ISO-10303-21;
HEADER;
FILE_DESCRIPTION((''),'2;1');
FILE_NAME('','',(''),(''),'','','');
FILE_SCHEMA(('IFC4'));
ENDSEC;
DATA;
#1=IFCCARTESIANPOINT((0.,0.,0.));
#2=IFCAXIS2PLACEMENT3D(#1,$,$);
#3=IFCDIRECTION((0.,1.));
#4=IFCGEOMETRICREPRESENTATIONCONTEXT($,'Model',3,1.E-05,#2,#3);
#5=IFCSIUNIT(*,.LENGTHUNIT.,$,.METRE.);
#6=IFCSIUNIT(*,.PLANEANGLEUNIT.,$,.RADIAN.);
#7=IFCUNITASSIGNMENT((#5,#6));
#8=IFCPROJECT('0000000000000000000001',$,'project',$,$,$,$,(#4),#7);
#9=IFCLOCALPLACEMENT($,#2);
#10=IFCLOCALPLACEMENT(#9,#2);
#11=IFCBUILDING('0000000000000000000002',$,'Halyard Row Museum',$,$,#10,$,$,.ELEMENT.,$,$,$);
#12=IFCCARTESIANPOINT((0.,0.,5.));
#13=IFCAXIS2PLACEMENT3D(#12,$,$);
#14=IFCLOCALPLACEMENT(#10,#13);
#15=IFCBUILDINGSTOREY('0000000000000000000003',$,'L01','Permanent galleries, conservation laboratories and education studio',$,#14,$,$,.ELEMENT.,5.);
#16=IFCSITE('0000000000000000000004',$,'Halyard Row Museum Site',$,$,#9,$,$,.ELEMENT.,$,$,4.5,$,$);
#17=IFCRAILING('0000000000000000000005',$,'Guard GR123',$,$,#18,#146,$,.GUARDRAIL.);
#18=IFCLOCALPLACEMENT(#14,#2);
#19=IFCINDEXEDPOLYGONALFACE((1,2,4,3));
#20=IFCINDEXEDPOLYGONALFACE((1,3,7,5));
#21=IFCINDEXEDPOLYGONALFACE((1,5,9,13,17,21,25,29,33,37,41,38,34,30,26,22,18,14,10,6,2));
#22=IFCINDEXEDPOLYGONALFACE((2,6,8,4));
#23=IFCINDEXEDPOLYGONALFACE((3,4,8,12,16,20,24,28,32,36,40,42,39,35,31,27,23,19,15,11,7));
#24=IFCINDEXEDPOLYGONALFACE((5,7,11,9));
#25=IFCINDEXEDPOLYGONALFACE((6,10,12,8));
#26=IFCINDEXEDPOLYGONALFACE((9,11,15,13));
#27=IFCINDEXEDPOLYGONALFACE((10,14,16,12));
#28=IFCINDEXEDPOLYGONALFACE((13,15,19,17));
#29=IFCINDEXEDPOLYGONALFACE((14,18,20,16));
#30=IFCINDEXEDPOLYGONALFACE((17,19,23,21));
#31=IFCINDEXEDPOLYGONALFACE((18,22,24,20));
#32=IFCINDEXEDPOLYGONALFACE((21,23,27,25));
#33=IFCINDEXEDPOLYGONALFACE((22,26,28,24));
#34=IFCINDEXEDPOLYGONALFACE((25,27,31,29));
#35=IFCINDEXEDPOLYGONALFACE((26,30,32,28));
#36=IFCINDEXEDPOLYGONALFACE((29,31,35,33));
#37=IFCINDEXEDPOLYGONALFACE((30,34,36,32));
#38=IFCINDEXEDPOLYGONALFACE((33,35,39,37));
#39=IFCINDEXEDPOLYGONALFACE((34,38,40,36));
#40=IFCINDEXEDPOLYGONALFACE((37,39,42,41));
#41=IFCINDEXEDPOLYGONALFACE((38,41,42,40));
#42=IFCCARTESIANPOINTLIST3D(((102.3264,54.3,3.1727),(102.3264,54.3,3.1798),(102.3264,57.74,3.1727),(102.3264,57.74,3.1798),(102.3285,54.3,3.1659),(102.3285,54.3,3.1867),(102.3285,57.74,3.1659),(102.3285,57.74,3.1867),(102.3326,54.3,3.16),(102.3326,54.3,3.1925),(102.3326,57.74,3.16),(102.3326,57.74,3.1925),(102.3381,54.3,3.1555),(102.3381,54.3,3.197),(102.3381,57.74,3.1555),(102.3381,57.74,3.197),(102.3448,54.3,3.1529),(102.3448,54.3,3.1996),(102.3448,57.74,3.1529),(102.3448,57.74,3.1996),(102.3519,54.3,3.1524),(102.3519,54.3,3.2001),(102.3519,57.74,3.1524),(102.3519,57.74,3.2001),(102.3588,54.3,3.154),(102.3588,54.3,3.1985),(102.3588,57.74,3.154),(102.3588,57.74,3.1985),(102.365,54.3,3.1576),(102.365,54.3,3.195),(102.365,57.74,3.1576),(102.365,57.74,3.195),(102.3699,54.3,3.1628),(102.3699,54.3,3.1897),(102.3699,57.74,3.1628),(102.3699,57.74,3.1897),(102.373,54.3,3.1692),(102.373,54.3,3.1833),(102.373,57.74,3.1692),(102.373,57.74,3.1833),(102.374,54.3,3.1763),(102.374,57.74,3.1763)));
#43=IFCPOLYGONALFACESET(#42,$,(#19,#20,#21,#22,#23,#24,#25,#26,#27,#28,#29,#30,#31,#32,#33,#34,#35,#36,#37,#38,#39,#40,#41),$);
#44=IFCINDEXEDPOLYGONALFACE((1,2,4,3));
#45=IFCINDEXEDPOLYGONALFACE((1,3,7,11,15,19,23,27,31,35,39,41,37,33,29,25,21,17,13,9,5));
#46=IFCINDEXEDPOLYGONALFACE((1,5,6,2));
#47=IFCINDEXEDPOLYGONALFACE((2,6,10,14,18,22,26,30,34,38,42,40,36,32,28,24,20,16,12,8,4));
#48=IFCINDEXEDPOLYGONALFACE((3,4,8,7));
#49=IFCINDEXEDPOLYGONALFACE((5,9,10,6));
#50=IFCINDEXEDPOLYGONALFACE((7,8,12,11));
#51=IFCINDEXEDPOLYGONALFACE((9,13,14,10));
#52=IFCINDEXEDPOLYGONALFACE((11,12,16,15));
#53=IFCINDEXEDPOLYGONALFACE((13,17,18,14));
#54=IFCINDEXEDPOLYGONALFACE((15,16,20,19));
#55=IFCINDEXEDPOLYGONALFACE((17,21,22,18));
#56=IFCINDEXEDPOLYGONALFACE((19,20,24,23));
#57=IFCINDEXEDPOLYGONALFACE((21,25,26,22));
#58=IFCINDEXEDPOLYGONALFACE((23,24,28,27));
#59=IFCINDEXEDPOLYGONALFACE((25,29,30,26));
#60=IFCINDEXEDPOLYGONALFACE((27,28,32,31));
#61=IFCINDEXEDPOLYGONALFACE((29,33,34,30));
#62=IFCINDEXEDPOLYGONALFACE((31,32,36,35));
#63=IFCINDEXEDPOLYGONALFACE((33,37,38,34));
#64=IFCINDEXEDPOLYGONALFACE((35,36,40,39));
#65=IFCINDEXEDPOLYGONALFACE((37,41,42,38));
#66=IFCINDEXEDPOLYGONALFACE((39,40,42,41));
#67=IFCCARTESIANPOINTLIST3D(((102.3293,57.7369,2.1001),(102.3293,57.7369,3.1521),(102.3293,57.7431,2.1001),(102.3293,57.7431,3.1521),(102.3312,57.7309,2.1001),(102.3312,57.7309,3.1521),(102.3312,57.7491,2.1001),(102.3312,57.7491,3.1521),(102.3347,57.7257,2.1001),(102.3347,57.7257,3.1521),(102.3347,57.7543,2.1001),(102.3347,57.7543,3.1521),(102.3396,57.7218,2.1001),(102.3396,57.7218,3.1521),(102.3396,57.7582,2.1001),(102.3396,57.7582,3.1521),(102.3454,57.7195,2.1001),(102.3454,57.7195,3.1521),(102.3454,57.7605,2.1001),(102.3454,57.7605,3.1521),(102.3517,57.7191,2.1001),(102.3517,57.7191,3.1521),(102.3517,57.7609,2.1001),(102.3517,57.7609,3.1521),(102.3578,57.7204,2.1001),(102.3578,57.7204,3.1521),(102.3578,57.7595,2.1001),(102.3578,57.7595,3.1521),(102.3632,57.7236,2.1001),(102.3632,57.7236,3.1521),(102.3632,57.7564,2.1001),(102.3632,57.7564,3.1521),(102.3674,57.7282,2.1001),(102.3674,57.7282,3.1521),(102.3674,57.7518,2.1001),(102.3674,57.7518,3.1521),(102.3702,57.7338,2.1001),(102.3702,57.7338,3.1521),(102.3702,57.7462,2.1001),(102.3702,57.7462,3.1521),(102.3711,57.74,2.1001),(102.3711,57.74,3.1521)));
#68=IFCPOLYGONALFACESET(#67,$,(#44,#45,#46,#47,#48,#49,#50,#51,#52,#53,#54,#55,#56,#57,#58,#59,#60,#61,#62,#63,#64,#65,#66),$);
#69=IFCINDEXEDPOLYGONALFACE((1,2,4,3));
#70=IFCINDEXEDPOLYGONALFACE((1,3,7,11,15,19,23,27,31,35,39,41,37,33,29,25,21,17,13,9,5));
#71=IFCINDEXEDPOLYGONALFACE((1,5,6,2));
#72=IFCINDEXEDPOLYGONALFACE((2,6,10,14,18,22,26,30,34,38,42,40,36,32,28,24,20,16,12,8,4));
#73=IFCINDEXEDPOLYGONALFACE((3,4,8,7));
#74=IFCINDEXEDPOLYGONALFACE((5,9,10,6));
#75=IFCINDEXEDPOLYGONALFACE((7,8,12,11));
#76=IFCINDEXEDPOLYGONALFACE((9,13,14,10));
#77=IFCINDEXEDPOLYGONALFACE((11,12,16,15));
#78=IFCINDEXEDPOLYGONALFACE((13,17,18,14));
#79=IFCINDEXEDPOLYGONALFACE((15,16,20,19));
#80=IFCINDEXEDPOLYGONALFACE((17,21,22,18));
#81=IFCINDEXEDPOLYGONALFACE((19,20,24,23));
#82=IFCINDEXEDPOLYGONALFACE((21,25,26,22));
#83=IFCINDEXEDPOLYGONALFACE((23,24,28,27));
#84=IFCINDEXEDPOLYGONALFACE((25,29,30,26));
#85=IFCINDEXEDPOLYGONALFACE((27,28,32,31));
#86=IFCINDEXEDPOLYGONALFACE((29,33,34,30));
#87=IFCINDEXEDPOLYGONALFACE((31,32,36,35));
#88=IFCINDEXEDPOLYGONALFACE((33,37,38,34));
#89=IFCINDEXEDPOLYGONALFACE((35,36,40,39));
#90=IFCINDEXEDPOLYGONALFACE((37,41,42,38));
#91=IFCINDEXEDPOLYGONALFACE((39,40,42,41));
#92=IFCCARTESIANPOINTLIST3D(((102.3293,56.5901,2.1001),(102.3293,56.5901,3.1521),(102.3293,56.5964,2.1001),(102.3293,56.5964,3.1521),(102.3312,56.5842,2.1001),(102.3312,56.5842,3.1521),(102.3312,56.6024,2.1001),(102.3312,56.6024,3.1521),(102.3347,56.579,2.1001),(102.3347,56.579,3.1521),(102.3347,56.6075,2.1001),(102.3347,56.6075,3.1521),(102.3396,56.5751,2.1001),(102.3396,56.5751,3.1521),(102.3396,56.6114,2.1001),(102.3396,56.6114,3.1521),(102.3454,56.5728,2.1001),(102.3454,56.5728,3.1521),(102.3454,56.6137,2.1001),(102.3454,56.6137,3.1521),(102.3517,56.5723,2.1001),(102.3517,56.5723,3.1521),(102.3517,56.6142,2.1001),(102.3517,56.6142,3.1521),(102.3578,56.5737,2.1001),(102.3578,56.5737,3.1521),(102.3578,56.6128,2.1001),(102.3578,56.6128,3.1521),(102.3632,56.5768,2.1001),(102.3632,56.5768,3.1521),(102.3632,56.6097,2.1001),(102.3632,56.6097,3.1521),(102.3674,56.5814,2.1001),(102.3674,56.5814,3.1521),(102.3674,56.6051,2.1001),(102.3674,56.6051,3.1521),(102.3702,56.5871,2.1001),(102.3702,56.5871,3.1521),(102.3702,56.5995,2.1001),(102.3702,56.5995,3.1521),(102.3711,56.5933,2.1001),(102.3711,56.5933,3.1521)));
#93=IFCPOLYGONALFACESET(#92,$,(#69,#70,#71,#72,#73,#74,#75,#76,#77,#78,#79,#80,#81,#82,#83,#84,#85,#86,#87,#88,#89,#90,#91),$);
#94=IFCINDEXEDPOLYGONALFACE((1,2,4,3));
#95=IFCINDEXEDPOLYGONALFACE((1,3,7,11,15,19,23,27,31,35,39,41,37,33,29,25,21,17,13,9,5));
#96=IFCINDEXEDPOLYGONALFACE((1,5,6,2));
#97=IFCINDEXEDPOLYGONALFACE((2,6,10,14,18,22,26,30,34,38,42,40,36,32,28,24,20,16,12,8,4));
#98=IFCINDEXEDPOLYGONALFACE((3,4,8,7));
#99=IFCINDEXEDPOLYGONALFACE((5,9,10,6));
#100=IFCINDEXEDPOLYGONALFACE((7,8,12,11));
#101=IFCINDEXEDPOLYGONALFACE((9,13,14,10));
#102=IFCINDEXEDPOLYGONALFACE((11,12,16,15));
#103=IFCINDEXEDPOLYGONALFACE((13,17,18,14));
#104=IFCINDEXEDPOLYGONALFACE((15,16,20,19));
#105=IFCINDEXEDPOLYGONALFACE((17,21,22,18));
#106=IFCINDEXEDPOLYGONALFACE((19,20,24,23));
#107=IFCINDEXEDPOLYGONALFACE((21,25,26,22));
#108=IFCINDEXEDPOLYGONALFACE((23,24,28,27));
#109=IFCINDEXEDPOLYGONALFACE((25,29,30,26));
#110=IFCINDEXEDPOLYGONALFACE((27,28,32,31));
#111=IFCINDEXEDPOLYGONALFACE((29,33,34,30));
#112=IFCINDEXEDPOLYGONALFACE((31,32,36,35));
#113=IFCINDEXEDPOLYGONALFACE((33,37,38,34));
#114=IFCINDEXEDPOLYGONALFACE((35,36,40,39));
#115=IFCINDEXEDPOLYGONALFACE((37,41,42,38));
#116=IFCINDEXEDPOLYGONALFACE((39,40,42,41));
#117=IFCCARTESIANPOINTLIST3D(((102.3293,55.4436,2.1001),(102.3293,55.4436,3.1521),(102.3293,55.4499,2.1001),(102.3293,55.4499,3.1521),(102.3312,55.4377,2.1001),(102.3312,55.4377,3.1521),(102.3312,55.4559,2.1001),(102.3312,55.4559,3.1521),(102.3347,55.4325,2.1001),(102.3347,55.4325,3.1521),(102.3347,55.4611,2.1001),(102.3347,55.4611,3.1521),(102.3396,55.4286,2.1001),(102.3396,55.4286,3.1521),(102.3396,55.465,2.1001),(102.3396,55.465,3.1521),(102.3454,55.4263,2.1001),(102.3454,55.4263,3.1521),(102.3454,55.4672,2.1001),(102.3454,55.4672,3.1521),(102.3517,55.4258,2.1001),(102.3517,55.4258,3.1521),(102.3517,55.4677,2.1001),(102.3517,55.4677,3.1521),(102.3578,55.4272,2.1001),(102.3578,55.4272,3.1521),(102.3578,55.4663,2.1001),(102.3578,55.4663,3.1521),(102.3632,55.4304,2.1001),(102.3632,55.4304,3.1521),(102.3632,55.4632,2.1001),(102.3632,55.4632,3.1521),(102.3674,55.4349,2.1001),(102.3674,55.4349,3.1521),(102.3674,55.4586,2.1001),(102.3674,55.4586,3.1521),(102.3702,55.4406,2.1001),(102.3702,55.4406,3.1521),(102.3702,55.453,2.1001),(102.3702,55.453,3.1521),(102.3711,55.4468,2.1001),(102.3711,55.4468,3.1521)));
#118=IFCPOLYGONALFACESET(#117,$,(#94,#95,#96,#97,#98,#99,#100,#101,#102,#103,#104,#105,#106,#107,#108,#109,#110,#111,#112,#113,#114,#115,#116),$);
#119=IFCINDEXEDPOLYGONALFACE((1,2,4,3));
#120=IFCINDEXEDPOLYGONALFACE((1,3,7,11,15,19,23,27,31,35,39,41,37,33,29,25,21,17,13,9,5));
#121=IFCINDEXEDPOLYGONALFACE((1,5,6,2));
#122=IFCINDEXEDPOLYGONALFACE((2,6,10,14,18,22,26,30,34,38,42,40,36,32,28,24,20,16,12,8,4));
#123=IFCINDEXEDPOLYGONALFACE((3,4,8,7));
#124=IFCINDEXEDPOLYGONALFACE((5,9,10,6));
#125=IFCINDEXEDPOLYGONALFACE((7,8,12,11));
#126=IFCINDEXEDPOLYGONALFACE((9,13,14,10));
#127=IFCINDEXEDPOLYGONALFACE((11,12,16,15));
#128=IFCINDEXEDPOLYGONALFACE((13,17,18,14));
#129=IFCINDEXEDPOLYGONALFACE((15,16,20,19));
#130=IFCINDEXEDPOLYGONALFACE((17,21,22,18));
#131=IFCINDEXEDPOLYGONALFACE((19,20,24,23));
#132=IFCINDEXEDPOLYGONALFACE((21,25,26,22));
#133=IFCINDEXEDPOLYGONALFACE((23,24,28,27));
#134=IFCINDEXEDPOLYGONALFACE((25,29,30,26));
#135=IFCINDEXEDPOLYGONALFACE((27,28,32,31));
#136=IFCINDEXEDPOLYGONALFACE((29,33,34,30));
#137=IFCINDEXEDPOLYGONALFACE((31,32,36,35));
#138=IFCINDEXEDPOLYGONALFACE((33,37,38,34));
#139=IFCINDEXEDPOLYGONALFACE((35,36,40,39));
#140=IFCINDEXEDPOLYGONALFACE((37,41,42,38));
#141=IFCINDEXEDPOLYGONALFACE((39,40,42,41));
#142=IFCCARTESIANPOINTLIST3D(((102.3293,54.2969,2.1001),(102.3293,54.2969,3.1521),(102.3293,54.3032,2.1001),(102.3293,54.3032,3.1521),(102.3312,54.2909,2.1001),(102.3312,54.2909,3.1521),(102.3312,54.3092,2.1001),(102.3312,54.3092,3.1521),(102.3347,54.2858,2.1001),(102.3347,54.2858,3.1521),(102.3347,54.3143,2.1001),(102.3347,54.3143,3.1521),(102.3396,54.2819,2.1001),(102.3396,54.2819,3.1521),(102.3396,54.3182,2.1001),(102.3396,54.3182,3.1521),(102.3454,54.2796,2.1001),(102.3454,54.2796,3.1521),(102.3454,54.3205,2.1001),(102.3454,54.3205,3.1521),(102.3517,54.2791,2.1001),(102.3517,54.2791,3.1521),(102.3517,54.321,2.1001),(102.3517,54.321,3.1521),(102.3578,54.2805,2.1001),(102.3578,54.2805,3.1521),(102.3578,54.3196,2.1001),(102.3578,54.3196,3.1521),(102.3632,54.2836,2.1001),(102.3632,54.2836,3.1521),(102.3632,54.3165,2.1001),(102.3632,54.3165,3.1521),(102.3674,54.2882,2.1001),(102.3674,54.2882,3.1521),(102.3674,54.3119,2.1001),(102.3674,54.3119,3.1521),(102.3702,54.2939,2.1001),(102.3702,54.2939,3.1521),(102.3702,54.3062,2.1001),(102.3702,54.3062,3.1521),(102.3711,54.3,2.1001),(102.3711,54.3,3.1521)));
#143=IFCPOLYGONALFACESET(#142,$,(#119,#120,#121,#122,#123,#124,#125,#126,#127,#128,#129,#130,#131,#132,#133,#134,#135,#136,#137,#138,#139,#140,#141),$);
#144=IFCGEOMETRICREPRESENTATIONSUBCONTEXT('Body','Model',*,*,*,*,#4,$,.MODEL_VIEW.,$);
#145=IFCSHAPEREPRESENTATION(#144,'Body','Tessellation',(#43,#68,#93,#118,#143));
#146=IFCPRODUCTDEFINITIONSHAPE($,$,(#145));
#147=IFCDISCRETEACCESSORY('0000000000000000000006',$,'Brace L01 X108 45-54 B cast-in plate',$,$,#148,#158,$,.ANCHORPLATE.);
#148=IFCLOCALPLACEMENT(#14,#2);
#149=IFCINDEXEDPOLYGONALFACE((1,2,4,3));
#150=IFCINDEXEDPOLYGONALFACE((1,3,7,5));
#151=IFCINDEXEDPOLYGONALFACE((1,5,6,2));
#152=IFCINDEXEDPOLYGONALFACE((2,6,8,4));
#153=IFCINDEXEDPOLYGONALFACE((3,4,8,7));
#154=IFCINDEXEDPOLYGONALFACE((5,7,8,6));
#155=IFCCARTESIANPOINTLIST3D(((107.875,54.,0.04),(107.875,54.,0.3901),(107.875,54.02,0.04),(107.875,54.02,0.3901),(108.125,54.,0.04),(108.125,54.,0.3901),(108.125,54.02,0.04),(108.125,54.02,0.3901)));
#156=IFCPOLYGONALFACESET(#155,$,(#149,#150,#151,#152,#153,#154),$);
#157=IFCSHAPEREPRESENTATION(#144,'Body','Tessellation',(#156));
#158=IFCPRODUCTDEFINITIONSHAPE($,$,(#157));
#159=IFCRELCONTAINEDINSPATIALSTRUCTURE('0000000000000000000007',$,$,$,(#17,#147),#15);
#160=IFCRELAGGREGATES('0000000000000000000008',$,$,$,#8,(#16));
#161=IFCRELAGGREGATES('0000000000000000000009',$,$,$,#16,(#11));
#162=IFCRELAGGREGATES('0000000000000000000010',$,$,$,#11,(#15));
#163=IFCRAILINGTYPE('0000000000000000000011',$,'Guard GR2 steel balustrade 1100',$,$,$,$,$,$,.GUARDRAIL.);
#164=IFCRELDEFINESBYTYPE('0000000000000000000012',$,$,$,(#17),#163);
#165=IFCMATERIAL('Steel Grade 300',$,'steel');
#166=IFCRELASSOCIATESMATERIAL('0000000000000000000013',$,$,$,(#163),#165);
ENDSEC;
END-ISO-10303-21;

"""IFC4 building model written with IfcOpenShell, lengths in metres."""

from ifc_helpers import new_model, si_unit, direction, frame, origin, origin_2d, place, context, subcontext, project, spatial, rectangle, circle, extrude, material, type_object, element, save


model = new_model("IFC4")

# Units and contexts
model_context = context("Model", 3, precision=1e-05, world=origin(), true_north=direction((0.0, 1.0)))
body_context = subcontext(model_context, "Body", "Model", "MODEL_VIEW")
ifc_project = project(units=[si_unit("LENGTHUNIT", "METRE"), si_unit("PLANEANGLEUNIT", "RADIAN")], contexts=[model_context])

# Site, building, storey
site_placement = place(None, origin())
site = spatial("IfcSite", under=ifc_project, at=site_placement, Name="Halyard Row Museum Site", CompositionType="ELEMENT", RefElevation=4.5)
building_placement = place(site_placement, origin())
building = spatial("IfcBuilding", under=site, at=building_placement, Name="Halyard Row Museum", CompositionType="ELEMENT")
storey_placement = place(building_placement, frame((0.0, 0.0, 5.0)))
storey = spatial("IfcBuildingStorey", under=building, at=storey_placement, Name="L01", Description="Permanent galleries, conservation laboratories and education studio", CompositionType="ELEMENT", Elevation=5.0)

# Railing
ifc_material_1 = material(Name="Steel Grade 300", Category="steel")
railing_type_1 = type_object("IfcRailingType", Name="Guard GR2 steel balustrade 1100", PredefinedType="GUARDRAIL", material=ifc_material_1)
railing_1_placement = place(storey_placement, frame((102.3501, 57.74, 2.1001)))
element("IfcRailing", 1, at=railing_1_placement, inside=storey, type_object=railing_type_1, Name="Guard GR123", PredefinedType="GUARDRAIL", context=body_context, shape_type="SweptSolid", body=[
    extrude(circle(Radius=0.0239, at=origin_2d()), frame((0.0, 0.0, 1.0762), z_axis=(0.0, -1.0, 0.0), x_axis=(1.0, 0.0, 0.0)), (0.0, 0.0, 1.0), 3.4399),
    extrude(circle(Radius=0.021, at=origin_2d()), origin(), (0.0, 0.0, 1.0), 1.052),
    extrude(circle(Radius=0.021, at=origin_2d()), frame((0.0, -1.1467, 0.0)), (0.0, 0.0, 1.0), 1.052),
    extrude(circle(Radius=0.021, at=origin_2d()), frame((0.0, -2.2932, 0.0)), (0.0, 0.0, 1.0), 1.052),
    extrude(circle(Radius=0.021, at=origin_2d()), frame((0.0, -3.4399, 0.0)), (0.0, 0.0, 1.0), 1.052),
])

# Discrete accessory
discrete_accessory_placement = place(storey_placement, frame((108.0, 54.0, 0.2151), z_axis=(0.0, 1.0, 0.0), x_axis=(-1.0, 0.0, 0.0)))
element("IfcDiscreteAccessory", 2, at=discrete_accessory_placement, inside=storey, Name="Brace L01 X108 45-54 B cast-in plate", PredefinedType="ANCHORPLATE", context=body_context, shape_type="SweptSolid", body=[
    extrude(rectangle(XDim=0.25, YDim=0.3501, at=origin_2d()), origin(), (0.0, 0.0, 1.0), 0.02),
])

save(model, "model.ifc")
